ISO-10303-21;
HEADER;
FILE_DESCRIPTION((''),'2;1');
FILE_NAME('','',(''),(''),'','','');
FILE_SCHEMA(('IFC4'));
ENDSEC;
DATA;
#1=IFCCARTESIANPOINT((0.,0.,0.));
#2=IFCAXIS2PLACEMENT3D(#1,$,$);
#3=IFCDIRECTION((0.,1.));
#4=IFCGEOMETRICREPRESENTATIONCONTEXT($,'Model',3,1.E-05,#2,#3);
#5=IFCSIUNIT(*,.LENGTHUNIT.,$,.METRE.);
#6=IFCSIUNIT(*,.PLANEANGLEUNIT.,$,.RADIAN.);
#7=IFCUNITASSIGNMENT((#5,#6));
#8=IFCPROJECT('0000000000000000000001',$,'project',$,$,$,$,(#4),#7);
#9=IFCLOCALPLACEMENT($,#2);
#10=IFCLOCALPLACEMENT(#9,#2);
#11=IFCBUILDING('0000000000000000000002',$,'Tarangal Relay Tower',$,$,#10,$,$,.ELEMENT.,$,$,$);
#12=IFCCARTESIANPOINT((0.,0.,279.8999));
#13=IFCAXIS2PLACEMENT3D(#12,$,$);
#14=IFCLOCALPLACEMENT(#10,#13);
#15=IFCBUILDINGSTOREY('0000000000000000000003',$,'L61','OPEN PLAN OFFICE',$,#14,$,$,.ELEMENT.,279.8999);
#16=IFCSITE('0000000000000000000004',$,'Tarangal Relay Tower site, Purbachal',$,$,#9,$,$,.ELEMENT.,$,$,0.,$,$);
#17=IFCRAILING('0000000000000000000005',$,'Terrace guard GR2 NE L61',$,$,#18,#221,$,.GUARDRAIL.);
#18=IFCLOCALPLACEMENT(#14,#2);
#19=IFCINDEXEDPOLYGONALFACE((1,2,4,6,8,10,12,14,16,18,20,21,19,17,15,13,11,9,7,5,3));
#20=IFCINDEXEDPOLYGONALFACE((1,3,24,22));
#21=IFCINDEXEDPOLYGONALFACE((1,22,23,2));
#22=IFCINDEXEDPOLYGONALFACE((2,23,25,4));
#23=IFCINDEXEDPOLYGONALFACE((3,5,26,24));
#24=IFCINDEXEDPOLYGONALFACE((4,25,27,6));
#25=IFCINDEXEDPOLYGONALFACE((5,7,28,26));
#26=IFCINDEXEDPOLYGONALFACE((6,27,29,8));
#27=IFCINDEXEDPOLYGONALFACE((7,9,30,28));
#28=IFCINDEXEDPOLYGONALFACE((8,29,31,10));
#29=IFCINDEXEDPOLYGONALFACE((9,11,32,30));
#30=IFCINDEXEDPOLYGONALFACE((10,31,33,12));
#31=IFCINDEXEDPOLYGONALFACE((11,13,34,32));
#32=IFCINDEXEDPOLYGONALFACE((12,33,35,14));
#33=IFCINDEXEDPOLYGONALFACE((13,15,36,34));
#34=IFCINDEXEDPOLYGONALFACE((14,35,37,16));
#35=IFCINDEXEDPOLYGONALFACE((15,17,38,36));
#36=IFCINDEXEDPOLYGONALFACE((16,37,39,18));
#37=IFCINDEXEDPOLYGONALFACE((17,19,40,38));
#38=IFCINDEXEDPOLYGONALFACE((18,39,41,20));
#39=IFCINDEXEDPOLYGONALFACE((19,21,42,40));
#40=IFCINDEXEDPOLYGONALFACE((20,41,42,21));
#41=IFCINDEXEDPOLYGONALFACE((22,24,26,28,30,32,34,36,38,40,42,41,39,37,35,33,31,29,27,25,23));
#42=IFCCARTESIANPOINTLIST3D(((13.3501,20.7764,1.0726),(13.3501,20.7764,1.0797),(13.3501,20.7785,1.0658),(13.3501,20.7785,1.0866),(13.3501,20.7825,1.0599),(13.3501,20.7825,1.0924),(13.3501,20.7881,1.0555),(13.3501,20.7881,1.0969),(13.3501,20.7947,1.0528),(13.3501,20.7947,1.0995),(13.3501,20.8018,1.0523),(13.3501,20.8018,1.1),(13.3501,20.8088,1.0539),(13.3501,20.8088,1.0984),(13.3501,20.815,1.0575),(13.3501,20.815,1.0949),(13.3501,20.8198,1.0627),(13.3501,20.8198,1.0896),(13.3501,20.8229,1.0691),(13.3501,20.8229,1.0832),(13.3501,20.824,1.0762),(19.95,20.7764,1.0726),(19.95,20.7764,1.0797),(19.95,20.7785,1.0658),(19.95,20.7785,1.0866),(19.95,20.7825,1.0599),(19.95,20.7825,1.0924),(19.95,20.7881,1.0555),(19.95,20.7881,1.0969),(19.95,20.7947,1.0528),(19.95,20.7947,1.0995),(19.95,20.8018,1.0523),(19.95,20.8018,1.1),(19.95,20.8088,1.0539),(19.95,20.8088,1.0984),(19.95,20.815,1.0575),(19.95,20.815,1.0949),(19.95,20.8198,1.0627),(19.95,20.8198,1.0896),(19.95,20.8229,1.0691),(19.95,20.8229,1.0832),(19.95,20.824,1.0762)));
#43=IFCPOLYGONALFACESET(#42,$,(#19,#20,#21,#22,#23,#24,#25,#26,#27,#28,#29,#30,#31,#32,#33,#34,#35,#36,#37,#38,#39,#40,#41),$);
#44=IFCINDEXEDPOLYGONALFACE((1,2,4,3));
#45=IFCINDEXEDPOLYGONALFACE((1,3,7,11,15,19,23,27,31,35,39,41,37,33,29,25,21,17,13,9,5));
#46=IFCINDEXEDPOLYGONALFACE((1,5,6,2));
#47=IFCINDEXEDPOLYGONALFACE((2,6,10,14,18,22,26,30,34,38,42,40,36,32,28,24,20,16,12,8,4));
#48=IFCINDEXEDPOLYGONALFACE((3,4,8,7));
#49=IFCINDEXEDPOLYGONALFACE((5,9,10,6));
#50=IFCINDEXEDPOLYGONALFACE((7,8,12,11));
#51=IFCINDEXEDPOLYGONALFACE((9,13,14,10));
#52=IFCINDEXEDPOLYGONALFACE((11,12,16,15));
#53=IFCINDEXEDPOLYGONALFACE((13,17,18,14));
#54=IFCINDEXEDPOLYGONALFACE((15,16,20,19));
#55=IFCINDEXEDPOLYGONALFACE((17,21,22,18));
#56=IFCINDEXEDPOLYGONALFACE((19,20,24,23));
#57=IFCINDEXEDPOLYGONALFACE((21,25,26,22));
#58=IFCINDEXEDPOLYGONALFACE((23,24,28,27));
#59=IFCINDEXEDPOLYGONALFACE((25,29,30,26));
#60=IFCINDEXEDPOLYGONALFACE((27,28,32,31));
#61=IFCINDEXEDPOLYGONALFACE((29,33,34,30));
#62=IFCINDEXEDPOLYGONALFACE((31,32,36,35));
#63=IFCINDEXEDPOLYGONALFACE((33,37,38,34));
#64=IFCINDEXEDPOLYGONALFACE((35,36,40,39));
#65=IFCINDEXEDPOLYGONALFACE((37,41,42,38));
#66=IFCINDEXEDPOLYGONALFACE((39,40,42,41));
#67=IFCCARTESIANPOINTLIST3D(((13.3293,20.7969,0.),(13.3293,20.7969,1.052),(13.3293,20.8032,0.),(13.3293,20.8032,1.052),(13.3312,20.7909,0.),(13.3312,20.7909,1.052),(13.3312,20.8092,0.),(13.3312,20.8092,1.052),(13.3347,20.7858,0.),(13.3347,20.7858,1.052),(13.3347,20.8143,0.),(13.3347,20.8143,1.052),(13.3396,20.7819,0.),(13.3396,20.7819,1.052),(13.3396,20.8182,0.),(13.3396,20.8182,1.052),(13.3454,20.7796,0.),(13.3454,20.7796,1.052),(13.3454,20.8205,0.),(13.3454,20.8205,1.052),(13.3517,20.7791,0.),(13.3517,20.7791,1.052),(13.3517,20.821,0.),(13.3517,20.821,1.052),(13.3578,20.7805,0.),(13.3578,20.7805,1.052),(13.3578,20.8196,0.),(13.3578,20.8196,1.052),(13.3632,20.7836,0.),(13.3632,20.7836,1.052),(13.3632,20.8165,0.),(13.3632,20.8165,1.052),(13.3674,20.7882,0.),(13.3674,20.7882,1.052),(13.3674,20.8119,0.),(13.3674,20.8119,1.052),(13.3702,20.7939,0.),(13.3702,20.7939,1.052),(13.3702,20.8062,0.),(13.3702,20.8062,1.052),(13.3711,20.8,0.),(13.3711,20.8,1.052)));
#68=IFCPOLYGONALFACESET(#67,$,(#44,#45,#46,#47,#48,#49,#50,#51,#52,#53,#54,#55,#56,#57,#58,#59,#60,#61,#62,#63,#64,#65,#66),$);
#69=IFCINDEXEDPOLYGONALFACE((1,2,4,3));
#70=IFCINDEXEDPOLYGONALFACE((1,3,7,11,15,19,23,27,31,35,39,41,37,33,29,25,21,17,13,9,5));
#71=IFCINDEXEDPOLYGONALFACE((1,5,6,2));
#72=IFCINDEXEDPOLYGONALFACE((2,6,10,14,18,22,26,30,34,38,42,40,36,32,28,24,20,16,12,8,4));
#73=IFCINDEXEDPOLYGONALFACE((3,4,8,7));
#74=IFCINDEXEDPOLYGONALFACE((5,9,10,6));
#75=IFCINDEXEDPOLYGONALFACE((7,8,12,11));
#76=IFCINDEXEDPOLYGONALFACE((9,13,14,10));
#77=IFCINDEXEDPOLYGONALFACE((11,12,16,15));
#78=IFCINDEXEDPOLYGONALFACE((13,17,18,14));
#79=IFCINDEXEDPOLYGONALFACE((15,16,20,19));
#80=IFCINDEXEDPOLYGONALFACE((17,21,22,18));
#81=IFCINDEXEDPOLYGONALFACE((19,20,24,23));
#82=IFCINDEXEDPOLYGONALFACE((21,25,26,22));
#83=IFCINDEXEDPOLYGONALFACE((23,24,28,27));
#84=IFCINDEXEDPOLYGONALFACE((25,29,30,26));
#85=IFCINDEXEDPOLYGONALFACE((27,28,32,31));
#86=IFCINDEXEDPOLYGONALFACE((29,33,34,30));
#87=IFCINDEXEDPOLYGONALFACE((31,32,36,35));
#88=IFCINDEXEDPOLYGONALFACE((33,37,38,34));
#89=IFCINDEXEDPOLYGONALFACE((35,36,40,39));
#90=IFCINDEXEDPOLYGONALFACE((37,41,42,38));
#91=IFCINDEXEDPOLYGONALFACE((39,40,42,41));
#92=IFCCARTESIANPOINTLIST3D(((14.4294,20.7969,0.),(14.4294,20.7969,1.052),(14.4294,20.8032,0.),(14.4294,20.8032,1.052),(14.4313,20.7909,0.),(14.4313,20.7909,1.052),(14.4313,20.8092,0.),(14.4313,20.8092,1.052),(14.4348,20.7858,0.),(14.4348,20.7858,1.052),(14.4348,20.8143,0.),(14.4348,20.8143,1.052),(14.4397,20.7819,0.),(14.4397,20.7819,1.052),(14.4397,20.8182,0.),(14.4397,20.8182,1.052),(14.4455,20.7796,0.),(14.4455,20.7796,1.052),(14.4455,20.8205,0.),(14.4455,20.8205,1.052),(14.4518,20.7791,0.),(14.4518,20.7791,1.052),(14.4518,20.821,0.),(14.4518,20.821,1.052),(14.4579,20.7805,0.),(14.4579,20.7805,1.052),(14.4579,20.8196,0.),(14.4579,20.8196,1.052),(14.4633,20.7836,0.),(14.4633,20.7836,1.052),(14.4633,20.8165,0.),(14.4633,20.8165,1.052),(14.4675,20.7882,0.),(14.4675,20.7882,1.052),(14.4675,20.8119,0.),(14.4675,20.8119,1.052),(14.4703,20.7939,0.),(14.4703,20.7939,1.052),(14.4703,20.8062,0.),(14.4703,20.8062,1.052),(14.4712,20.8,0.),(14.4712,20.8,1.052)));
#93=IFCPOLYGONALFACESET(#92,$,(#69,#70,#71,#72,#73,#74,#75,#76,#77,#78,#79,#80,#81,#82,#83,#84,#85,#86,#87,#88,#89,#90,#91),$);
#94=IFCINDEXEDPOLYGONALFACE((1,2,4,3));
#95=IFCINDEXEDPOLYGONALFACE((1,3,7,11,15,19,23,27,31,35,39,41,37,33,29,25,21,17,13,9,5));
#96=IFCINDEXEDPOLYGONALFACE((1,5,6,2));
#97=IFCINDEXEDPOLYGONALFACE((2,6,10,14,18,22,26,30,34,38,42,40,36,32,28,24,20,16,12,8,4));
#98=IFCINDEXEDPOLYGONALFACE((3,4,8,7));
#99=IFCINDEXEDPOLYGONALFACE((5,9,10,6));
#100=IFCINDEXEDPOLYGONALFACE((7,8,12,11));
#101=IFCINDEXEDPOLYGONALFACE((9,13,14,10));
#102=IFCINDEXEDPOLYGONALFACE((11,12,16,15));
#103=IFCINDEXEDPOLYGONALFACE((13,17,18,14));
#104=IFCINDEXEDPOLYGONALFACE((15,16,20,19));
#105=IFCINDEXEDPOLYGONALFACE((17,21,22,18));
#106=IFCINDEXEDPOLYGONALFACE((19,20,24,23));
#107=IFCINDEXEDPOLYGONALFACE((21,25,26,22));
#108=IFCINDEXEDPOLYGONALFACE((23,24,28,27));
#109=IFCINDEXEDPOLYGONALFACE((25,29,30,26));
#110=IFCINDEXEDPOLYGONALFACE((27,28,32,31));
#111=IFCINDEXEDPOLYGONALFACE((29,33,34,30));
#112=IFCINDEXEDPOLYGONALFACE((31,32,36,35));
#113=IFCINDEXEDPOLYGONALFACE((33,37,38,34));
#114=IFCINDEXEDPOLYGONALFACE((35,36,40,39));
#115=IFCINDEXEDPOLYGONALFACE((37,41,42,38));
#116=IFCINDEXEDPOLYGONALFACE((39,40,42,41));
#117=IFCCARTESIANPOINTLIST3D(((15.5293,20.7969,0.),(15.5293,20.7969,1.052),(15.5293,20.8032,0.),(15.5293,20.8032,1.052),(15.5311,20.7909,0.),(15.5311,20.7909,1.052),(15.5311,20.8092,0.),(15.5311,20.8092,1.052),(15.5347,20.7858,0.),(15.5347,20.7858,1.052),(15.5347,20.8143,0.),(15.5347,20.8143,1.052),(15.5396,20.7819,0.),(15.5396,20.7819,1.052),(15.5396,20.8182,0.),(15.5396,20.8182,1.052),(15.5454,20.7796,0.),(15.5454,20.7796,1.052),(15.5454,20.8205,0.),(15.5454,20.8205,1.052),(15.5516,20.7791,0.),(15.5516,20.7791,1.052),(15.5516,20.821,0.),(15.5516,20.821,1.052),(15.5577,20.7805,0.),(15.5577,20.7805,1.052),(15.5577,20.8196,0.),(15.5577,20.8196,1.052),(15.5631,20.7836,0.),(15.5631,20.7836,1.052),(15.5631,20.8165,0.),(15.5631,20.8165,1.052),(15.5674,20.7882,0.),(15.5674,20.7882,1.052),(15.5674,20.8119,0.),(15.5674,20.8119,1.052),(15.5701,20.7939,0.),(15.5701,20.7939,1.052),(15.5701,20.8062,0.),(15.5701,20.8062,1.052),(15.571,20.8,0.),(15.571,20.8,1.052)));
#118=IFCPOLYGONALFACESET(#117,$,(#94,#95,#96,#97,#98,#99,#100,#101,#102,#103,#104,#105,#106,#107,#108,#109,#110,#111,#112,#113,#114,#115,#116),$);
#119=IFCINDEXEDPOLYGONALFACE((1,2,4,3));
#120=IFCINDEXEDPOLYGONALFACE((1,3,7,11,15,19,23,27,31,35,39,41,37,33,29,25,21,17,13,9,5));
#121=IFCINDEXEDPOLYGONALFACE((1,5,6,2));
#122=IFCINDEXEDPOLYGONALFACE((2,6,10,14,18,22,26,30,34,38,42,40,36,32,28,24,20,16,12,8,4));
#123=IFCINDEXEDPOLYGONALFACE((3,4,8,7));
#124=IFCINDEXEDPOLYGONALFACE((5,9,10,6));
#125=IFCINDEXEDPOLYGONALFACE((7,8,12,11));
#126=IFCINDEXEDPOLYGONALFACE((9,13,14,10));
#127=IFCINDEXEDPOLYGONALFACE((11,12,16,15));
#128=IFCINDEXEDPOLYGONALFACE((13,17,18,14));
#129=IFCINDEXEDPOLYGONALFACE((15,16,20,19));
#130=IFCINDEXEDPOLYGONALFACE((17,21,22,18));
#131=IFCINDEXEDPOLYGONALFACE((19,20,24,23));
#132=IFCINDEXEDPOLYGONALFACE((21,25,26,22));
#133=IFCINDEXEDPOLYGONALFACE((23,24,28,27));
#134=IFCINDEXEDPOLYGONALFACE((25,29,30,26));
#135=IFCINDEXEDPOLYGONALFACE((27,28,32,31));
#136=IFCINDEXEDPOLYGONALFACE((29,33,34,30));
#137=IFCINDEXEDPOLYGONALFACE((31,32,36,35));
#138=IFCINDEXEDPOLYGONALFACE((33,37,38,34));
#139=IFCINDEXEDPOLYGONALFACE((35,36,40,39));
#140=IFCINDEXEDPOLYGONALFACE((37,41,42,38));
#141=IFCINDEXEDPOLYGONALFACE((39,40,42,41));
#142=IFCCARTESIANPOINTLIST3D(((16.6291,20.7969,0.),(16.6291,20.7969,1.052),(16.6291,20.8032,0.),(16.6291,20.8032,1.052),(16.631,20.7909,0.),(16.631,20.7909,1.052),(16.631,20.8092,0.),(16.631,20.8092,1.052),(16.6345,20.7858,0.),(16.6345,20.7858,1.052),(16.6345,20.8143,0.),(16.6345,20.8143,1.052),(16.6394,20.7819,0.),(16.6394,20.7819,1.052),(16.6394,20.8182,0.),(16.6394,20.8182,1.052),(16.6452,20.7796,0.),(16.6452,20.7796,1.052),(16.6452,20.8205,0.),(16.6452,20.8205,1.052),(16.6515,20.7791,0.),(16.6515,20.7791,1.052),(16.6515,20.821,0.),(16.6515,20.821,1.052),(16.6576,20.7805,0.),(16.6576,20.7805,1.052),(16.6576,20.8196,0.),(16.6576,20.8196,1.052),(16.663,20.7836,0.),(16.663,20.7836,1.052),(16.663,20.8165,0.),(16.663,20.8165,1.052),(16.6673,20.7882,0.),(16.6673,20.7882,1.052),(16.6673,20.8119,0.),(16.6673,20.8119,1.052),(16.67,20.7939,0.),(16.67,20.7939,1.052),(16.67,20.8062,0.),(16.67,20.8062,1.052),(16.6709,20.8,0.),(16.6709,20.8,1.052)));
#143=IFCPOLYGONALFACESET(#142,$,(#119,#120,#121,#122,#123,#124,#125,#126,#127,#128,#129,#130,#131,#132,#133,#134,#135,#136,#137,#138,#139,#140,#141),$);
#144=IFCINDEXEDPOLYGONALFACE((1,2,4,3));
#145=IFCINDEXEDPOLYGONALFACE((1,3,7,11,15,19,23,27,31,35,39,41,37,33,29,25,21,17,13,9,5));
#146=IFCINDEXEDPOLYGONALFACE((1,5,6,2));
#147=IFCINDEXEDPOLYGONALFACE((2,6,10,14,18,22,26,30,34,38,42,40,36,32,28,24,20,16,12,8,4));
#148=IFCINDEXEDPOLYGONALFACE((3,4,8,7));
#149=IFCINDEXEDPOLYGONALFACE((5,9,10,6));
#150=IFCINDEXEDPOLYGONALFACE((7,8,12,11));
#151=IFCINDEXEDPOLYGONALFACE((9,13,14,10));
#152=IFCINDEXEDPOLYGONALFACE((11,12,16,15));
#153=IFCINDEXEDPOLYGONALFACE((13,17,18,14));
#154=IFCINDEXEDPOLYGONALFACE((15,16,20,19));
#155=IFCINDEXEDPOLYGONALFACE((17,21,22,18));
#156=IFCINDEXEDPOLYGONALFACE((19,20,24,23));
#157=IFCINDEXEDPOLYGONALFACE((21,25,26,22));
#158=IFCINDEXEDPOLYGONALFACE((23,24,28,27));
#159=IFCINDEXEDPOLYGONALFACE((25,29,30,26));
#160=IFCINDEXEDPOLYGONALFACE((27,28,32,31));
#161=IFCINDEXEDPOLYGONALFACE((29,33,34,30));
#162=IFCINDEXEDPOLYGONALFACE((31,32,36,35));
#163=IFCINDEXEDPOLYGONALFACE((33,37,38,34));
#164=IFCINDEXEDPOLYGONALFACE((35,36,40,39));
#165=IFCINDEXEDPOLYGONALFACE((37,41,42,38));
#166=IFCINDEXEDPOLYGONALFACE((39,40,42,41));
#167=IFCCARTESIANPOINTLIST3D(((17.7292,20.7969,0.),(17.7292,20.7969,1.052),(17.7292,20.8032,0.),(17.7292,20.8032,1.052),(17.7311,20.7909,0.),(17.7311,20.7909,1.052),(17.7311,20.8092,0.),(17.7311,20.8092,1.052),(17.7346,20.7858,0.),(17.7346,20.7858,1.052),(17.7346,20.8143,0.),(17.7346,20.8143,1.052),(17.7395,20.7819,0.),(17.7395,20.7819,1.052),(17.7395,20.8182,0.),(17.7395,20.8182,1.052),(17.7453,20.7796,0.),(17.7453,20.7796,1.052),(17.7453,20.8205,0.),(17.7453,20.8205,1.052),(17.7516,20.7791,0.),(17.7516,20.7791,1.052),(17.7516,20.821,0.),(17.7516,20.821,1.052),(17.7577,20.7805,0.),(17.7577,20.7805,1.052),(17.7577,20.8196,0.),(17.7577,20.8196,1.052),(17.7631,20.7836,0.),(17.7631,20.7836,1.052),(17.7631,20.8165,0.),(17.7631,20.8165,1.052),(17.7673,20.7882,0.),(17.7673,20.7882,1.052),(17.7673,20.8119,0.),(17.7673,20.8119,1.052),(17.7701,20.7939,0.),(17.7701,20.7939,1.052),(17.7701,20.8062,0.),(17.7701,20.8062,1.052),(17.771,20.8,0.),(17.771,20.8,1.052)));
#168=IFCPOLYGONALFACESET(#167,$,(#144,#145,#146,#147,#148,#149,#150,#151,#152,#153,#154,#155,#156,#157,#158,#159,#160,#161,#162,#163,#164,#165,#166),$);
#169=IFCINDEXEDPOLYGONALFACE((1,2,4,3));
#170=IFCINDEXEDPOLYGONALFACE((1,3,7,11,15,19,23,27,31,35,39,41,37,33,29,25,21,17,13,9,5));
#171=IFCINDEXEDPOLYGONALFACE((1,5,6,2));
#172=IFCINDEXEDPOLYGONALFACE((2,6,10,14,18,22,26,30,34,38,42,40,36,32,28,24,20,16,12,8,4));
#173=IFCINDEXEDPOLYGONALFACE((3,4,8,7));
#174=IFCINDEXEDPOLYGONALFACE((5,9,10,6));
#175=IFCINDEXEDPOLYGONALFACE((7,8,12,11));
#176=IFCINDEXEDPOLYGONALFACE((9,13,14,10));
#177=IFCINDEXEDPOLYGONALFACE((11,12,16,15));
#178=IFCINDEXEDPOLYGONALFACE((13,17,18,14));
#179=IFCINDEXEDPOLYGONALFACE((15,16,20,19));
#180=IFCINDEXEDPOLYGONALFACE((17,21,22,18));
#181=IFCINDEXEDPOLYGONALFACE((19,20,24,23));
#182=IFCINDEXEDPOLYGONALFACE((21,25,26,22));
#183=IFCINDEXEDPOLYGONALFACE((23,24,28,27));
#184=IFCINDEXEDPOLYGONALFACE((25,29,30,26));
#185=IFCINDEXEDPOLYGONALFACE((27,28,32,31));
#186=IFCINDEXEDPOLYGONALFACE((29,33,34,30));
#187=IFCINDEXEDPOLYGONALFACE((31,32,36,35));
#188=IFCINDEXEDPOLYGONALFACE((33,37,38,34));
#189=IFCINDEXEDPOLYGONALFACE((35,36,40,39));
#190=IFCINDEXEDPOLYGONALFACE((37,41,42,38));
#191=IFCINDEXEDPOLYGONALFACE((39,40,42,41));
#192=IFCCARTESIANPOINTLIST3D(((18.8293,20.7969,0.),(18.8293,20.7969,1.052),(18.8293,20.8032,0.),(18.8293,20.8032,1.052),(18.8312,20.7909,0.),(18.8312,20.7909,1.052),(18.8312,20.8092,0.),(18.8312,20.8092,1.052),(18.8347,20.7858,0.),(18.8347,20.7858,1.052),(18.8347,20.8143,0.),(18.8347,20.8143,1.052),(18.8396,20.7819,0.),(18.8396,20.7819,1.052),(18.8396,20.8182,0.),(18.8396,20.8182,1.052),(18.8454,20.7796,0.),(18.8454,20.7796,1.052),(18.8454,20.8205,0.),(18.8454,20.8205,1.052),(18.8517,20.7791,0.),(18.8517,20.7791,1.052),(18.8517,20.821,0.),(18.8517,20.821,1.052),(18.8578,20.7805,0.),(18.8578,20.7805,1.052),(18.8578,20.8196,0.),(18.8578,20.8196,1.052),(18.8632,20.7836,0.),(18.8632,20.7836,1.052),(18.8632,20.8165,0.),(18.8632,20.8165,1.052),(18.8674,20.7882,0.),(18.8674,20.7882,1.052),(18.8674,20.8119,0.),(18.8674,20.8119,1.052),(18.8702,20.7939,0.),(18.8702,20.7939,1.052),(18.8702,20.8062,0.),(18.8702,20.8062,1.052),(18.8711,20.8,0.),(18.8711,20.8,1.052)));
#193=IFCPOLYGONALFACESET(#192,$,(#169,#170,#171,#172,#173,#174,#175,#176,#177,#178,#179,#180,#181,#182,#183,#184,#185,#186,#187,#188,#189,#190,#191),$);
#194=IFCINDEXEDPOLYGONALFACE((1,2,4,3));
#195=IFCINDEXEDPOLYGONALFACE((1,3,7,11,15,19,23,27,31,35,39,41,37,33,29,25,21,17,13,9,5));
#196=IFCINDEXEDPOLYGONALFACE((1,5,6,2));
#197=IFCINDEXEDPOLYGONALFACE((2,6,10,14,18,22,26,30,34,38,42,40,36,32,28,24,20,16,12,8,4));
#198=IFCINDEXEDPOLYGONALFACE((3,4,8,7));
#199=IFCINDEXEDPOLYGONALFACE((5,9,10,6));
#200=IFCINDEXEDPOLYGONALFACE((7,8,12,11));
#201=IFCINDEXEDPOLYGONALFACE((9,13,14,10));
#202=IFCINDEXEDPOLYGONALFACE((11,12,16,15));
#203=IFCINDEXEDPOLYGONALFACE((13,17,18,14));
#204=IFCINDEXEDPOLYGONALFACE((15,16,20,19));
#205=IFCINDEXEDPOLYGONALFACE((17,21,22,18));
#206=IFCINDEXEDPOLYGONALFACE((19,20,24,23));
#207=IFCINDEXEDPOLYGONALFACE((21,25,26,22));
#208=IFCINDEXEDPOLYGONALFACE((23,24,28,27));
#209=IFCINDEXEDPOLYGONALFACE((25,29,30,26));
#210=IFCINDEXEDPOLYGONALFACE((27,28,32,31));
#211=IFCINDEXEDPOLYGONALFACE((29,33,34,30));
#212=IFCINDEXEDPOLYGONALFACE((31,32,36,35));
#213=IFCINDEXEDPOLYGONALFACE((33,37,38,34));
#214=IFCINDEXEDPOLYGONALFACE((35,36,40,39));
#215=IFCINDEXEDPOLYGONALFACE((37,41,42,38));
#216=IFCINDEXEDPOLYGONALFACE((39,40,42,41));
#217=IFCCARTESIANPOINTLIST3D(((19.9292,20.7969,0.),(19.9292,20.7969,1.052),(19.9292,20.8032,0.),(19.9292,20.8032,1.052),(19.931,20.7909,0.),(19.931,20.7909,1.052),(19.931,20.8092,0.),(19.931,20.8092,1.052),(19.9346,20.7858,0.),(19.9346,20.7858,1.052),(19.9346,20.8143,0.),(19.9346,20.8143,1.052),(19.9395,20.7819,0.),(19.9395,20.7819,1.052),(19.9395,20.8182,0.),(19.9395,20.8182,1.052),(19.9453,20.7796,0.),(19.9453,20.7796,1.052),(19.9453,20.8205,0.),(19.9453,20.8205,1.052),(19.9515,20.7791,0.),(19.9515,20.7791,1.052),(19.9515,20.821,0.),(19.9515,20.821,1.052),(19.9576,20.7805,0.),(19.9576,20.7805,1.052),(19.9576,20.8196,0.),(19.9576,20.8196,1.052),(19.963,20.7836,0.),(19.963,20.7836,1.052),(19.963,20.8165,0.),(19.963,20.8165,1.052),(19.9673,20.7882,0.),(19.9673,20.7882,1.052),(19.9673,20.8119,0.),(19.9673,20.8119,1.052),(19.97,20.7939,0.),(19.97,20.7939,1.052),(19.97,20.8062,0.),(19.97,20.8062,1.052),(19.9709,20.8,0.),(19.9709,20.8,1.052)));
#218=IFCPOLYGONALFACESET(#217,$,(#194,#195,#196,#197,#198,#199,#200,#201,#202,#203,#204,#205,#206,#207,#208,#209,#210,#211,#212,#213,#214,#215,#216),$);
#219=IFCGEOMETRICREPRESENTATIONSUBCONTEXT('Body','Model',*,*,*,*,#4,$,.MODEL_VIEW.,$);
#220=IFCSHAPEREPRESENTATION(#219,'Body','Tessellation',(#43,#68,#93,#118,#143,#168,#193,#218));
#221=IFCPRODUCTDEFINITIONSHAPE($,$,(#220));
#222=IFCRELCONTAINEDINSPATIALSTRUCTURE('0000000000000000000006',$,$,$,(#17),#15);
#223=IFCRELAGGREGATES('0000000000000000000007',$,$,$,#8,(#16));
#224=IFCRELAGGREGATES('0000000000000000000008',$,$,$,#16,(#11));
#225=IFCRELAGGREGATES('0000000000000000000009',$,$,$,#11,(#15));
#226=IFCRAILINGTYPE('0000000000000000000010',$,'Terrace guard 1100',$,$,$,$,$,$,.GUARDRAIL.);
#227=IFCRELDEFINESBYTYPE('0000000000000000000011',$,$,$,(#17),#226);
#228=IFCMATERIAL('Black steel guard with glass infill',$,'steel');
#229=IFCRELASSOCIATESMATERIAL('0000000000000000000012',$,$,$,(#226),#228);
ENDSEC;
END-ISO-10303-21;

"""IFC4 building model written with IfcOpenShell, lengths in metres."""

from ifc_helpers import new_model, si_unit, direction, frame, origin, origin_2d, place, context, subcontext, project, spatial, circle, extrude, material, type_object, element, save


model = new_model("IFC4")

# Units and contexts
model_context = context("Model", 3, precision=1e-05, world=origin(), true_north=direction((0.0, 1.0)))
body_context = subcontext(model_context, "Body", "Model", "MODEL_VIEW")
ifc_project = project(units=[si_unit("LENGTHUNIT", "METRE"), si_unit("PLANEANGLEUNIT", "RADIAN")], contexts=[model_context])

# Site, building, storey
site_placement = place(None, origin())
site = spatial("IfcSite", under=ifc_project, at=site_placement, Name="Tarangal Relay Tower site, Purbachal", CompositionType="ELEMENT", RefElevation=0.0)
building_placement = place(site_placement, origin())
building = spatial("IfcBuilding", under=site, at=building_placement, Name="Tarangal Relay Tower", CompositionType="ELEMENT")
storey_placement = place(building_placement, frame((0.0, 0.0, 279.8999)))
storey = spatial("IfcBuildingStorey", under=building, at=storey_placement, Name="L61", Description="OPEN PLAN OFFICE", CompositionType="ELEMENT", Elevation=279.8999)

# Railing
ifc_material_1 = material(Name="Black steel guard with glass infill", Category="steel")
railing_type = type_object("IfcRailingType", Name="Terrace guard 1100", PredefinedType="GUARDRAIL", material=ifc_material_1)
railing_1_placement = place(storey_placement, frame((13.3501, 20.8, 0.0)))
element("IfcRailing", 1, at=railing_1_placement, inside=storey, type_object=railing_type, Name="Terrace guard GR2 NE L61", PredefinedType="GUARDRAIL", context=body_context, shape_type="SweptSolid", body=[
    extrude(circle(Radius=0.0239, at=origin_2d()), frame((0.0, 0.0, 1.0762), z_axis=(1.0, 0.0, 0.0), x_axis=(0.0, 1.0, 0.0)), (0.0, 0.0, 1.0), 6.5999),
    extrude(circle(Radius=0.021, at=origin_2d()), origin(), (0.0, 0.0, 1.0), 1.052),
    extrude(circle(Radius=0.021, at=origin_2d()), frame((1.1001, 0.0, 0.0)), (0.0, 0.0, 1.0), 1.052),
    extrude(circle(Radius=0.021, at=origin_2d()), frame((2.2, 0.0, 0.0)), (0.0, 0.0, 1.0), 1.052),
    extrude(circle(Radius=0.021, at=origin_2d()), frame((3.2998, 0.0, 0.0)), (0.0, 0.0, 1.0), 1.052),
    extrude(circle(Radius=0.021, at=origin_2d()), frame((4.3999, 0.0, 0.0)), (0.0, 0.0, 1.0), 1.052),
    extrude(circle(Radius=0.021, at=origin_2d()), frame((5.5, 0.0, 0.0)), (0.0, 0.0, 1.0), 1.052),
    extrude(circle(Radius=0.021, at=origin_2d()), frame((6.5999, 0.0, 0.0)), (0.0, 0.0, 1.0), 1.052),
])

save(model, "model.ifc")
